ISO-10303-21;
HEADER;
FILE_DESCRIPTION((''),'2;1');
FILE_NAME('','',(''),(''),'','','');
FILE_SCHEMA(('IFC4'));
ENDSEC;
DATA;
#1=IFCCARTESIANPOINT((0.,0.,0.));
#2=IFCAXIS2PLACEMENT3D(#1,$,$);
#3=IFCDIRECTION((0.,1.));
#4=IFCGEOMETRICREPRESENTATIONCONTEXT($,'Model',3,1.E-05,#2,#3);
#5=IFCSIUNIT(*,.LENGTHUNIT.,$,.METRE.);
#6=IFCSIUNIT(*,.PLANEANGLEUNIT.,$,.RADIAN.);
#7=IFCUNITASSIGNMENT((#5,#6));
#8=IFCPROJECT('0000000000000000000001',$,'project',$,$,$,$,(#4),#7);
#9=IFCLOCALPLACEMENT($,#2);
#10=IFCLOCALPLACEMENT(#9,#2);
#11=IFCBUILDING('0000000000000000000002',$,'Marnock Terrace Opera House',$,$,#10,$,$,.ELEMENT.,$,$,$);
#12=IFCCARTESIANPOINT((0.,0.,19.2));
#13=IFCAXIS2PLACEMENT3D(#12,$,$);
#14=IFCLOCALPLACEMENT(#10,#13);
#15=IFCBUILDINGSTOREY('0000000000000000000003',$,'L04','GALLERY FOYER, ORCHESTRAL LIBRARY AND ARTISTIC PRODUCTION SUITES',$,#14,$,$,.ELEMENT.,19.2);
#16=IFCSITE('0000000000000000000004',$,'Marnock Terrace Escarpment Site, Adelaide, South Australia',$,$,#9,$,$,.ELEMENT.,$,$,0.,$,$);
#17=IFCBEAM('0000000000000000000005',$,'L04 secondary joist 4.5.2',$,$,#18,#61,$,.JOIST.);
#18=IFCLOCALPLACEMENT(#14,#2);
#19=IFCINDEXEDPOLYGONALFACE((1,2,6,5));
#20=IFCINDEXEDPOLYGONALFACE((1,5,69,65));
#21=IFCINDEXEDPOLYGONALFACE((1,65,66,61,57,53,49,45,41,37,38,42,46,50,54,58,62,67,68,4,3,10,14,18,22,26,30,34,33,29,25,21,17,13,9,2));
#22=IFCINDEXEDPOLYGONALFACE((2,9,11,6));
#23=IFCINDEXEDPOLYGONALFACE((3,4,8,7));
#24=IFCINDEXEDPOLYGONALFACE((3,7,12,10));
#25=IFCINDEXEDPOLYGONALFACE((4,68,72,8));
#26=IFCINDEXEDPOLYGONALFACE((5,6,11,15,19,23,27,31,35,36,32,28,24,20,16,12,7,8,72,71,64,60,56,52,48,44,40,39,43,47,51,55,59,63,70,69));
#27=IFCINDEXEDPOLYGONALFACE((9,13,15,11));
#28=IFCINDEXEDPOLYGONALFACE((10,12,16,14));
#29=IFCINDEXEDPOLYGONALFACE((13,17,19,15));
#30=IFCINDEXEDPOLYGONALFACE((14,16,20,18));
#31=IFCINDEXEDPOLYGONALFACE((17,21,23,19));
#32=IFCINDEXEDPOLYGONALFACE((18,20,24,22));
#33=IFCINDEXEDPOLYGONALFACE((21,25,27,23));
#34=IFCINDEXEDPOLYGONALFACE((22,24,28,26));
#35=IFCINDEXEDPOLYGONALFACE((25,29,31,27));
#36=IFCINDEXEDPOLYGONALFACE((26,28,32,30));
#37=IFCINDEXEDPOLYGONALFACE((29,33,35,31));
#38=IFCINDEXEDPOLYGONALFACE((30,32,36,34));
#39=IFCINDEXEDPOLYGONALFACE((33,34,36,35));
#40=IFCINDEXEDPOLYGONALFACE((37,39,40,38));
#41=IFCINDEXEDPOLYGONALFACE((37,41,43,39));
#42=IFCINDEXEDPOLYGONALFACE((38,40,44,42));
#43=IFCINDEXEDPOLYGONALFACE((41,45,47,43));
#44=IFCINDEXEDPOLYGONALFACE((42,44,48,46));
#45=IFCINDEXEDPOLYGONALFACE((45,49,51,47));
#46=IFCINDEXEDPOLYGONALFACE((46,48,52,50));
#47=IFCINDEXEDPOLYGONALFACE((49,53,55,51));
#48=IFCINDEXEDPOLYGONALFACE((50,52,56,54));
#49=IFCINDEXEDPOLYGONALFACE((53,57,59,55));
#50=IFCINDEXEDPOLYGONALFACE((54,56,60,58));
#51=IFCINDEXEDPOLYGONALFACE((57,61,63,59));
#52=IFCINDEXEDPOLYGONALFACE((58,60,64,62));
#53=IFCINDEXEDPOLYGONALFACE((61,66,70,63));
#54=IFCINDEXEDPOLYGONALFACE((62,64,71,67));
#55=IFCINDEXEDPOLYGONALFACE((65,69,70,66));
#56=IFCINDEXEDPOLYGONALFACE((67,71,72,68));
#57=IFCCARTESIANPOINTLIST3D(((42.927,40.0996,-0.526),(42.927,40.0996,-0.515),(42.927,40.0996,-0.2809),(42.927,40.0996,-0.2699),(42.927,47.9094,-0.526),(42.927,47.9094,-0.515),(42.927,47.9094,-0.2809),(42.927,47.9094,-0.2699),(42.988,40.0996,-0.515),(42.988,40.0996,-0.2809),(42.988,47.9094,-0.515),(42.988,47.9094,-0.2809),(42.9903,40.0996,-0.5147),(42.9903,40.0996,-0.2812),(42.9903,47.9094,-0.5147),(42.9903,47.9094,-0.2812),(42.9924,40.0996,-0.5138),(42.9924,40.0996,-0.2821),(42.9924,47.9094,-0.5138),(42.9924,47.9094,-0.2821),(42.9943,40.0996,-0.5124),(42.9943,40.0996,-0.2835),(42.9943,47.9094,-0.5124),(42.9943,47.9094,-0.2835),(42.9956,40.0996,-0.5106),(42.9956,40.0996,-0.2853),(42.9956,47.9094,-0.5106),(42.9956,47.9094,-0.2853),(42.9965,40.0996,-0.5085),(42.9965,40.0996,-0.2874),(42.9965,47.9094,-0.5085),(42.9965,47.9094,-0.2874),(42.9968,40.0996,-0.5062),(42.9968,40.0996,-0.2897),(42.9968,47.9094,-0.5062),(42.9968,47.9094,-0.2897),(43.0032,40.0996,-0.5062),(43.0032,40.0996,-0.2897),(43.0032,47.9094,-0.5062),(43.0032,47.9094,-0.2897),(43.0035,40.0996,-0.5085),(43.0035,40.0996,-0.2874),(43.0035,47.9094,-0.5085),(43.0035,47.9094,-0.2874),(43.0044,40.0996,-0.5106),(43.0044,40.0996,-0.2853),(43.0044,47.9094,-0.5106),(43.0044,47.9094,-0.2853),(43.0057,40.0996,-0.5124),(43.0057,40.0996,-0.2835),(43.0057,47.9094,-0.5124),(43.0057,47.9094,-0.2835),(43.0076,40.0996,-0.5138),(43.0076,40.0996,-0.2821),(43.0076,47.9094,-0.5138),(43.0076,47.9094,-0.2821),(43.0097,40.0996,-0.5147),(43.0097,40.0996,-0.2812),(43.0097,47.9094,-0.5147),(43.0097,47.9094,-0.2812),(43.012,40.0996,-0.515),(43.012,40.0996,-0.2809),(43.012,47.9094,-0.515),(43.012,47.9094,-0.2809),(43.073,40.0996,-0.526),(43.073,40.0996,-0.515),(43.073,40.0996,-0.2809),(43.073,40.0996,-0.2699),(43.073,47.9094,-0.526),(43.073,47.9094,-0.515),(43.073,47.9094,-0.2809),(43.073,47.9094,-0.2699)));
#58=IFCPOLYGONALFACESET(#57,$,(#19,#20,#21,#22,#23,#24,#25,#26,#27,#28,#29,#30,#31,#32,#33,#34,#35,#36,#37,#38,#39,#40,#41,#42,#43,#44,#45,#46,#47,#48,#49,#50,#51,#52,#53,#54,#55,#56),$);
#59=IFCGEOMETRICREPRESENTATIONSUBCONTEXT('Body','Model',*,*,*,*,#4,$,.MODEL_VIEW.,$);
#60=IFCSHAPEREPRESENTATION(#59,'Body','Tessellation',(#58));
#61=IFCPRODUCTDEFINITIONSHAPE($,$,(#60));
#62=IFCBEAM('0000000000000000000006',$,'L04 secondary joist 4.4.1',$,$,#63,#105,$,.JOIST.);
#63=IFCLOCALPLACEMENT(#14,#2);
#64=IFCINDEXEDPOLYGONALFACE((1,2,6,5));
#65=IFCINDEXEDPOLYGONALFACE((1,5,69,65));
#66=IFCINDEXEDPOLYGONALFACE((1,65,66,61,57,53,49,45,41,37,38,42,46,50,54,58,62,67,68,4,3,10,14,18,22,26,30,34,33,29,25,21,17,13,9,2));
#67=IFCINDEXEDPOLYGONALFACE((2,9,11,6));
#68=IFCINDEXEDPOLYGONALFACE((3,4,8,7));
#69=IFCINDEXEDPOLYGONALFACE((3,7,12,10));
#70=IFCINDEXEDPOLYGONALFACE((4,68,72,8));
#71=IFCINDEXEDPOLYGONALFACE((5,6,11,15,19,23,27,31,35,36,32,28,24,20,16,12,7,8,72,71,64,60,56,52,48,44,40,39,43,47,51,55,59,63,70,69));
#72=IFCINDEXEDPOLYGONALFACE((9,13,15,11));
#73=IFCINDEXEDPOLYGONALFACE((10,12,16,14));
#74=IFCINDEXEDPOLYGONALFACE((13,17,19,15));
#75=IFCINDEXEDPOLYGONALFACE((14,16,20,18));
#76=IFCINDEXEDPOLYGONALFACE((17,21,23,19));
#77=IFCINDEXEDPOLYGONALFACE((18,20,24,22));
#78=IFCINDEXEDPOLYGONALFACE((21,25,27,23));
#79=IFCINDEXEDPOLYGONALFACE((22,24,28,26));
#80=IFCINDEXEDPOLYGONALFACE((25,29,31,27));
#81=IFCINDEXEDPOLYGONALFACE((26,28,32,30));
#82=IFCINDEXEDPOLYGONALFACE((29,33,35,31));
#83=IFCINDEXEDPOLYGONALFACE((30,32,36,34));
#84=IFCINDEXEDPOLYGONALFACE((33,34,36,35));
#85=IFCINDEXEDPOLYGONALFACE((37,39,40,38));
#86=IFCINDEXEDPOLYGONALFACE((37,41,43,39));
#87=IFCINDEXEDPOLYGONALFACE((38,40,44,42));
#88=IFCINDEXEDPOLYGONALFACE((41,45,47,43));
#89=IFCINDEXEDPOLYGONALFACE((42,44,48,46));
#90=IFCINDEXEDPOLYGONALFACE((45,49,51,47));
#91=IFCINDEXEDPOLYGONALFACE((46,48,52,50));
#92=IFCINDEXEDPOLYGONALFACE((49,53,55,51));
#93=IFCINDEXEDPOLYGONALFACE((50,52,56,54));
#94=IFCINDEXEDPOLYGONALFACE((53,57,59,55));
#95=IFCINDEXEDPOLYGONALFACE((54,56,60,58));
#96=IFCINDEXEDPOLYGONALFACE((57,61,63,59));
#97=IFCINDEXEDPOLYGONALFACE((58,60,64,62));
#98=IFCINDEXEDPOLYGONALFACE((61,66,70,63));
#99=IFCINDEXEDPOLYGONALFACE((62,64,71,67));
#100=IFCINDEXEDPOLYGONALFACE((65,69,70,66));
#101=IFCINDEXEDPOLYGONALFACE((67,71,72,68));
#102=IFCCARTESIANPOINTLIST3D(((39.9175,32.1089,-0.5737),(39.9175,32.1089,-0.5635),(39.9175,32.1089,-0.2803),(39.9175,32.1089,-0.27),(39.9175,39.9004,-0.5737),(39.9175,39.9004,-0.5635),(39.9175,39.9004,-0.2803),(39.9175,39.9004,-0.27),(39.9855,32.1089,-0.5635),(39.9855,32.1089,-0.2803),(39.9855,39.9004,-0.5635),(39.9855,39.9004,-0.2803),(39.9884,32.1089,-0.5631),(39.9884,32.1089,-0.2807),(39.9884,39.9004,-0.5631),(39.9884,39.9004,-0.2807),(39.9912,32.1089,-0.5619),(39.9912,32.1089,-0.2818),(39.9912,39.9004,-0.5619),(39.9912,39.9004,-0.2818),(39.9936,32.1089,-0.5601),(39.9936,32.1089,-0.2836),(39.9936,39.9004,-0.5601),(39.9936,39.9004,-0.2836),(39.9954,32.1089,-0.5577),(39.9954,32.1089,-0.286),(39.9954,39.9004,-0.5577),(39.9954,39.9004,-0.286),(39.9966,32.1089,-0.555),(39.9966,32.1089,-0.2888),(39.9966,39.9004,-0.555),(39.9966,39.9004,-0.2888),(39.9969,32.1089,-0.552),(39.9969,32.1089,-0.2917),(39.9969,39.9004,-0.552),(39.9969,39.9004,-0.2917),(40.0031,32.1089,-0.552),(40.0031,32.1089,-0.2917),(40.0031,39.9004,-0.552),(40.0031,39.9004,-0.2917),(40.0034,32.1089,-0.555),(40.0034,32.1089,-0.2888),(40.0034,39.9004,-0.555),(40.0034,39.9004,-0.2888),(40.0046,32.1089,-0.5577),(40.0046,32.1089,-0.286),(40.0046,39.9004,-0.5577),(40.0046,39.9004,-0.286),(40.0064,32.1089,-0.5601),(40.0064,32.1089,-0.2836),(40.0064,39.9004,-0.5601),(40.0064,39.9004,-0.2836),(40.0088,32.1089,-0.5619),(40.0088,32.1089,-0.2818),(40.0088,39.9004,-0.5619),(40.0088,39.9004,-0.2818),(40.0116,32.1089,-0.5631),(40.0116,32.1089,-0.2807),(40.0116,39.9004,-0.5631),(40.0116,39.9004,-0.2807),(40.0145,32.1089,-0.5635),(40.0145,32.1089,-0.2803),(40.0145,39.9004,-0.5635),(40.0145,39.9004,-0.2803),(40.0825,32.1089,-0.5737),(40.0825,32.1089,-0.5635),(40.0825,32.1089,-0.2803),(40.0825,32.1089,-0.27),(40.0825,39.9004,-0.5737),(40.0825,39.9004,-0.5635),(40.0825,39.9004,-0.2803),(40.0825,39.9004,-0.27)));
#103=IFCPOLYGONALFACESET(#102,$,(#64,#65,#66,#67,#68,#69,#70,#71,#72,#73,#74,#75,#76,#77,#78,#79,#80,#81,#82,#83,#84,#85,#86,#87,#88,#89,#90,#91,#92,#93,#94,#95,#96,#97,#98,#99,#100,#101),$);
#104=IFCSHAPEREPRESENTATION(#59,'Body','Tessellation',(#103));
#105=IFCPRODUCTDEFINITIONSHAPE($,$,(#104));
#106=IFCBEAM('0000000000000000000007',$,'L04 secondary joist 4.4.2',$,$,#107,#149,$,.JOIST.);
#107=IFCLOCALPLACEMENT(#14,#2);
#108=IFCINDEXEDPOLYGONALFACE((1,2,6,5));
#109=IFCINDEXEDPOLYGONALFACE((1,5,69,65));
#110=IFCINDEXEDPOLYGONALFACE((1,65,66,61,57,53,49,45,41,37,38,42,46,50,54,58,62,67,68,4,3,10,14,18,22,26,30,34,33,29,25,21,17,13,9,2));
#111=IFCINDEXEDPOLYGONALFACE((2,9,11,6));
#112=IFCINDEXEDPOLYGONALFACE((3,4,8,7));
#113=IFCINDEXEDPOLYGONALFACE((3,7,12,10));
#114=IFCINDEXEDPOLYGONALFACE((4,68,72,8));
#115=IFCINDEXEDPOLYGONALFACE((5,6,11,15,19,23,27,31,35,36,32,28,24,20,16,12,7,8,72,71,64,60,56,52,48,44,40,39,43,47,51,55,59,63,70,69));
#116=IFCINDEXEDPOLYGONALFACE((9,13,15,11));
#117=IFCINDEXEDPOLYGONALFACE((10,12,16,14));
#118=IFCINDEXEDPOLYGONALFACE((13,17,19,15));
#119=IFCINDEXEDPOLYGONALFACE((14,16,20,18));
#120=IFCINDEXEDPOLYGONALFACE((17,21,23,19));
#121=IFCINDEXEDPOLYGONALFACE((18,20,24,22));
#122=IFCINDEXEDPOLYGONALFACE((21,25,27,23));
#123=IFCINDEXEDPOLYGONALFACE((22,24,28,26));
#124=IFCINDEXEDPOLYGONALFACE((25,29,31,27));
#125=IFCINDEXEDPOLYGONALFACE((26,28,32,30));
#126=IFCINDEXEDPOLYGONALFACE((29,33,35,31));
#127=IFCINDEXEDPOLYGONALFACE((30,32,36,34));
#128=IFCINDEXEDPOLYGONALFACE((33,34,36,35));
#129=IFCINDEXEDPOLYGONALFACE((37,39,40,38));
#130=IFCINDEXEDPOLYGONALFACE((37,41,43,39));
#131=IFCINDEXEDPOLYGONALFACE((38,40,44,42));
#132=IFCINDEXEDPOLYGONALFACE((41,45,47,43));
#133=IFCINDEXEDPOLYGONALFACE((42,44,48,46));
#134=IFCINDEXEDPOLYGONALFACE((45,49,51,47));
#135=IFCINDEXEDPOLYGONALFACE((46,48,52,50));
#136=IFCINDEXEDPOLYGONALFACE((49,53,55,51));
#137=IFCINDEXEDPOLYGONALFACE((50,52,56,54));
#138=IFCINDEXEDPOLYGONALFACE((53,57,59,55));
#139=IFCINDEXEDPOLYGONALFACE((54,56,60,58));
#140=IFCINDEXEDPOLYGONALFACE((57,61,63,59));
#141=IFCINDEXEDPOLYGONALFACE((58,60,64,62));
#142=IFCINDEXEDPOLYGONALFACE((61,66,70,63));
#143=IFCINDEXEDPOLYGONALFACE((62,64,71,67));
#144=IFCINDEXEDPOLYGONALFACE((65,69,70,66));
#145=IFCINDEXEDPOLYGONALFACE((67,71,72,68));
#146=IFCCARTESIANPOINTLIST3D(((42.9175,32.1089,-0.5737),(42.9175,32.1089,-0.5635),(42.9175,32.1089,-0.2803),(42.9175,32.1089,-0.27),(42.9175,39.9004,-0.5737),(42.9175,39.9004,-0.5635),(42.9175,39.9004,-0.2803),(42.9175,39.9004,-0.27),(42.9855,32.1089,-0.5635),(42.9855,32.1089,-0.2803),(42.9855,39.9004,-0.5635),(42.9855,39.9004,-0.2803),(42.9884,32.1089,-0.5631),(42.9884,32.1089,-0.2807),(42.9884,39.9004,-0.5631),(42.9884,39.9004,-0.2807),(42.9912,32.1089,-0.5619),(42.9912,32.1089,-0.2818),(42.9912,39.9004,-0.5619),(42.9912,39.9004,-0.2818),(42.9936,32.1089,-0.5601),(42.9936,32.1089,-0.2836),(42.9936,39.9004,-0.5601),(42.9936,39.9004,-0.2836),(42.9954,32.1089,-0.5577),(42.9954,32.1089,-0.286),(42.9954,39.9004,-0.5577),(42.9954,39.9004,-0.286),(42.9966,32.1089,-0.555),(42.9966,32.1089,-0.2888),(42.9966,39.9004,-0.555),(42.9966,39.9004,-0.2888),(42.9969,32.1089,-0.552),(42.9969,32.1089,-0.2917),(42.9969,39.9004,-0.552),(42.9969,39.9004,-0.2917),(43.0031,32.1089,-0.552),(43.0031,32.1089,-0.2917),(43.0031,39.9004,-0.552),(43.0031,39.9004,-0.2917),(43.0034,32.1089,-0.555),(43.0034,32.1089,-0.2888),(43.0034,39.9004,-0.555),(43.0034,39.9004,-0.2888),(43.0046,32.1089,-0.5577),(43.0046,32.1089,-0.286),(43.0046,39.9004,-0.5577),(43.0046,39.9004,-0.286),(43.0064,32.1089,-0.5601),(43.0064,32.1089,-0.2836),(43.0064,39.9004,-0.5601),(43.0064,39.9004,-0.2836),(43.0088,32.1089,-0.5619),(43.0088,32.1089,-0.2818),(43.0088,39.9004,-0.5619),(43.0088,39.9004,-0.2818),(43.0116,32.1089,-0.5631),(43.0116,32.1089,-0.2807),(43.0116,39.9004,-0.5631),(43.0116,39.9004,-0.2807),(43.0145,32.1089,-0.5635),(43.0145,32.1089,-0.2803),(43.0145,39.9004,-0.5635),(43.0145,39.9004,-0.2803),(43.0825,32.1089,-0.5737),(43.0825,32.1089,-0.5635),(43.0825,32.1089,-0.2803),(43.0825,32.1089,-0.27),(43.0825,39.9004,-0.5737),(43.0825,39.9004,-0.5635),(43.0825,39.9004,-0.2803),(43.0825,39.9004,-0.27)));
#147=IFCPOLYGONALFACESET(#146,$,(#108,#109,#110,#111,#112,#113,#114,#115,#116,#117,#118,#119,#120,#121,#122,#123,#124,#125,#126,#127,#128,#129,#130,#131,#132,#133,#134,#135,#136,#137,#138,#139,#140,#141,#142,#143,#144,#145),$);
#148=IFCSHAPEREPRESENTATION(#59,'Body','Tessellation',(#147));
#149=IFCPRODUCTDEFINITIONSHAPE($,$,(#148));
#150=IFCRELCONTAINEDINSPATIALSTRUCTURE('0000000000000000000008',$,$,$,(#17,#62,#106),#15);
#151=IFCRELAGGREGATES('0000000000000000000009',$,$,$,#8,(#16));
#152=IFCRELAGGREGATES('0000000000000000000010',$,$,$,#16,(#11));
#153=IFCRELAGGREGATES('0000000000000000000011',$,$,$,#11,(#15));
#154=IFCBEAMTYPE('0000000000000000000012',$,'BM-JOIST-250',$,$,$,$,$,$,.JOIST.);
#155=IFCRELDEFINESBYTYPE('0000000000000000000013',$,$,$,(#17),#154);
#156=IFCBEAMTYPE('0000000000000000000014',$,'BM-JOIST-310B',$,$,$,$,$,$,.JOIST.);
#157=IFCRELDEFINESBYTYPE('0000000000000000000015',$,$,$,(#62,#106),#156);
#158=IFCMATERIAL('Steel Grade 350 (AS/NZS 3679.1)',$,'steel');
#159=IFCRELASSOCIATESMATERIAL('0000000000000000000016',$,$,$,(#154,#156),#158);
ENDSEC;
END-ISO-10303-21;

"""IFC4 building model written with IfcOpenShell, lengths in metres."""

from ifc_helpers import new_model, si_unit, direction, frame, origin, origin_2d, place, context, subcontext, project, spatial, i_section, extrude, material, material_profile, profile_set, type_object, element, save


model = new_model("IFC4")

# Units and contexts
model_context = context("Model", 3, precision=1e-05, world=origin(), true_north=direction((0.0, 1.0)))
body_context = subcontext(model_context, "Body", "Model", "MODEL_VIEW")
ifc_project = project(units=[si_unit("LENGTHUNIT", "METRE"), si_unit("PLANEANGLEUNIT", "RADIAN")], contexts=[model_context])

# Site, building, storey
site_placement = place(None, origin())
site = spatial("IfcSite", under=ifc_project, at=site_placement, Name="Marnock Terrace Escarpment Site, Adelaide, South Australia", CompositionType="ELEMENT", RefElevation=0.0)
building_placement = place(site_placement, origin())
building = spatial("IfcBuilding", under=site, at=building_placement, Name="Marnock Terrace Opera House", CompositionType="ELEMENT")
storey_placement = place(building_placement, frame((0.0, 0.0, 19.2)))
storey = spatial("IfcBuildingStorey", under=building, at=storey_placement, Name="L04", Description="GALLERY FOYER, ORCHESTRAL LIBRARY AND ARTISTIC PRODUCTION SUITES", CompositionType="ELEMENT", Elevation=19.2)

# Beams
ifc_material_1 = material(Name="Steel Grade 350 (AS/NZS 3679.1)", Category="steel")
ifc_material_profile_1 = material_profile(ifc_material_1, i_section(OverallWidth=0.146, OverallDepth=0.2561, WebThickness=0.0063, FlangeThickness=0.011, FilletRadius=0.0088, at=origin_2d()))
ifc_profile_set_1 = profile_set([ifc_material_profile_1], Name="Steel Grade 350 (AS/NZS 3679.1)")
beam_type_1 = type_object("IfcBeamType", Name="BM-JOIST-250", PredefinedType="JOIST", material=ifc_profile_set_1)
for number, where, z_axis, x_axis, name in (
    (1, (43.0, 40.0996, -0.3979), (0.0, 1.0, 0.0), (-1.0, 0.0, 0.0), "L04 secondary joist 4.5.2"),
):
    element("IfcBeam", number, at=place(storey_placement, frame(where, z_axis=z_axis, x_axis=x_axis)), inside=storey, type_object=beam_type_1, Name=name, PredefinedType="JOIST", context=body_context, shape_type="SweptSolid", body=[
        extrude(i_section(OverallWidth=0.146, OverallDepth=0.2561, WebThickness=0.0063, FlangeThickness=0.011, FilletRadius=0.0088, at=origin_2d()), origin(), (0.0, 0.0, 1.0), 7.8098),
    ])
ifc_material_profile_2 = material_profile(ifc_material_1, i_section(OverallWidth=0.165, OverallDepth=0.3037, WebThickness=0.0061, FlangeThickness=0.0103, FilletRadius=0.0115, at=origin_2d()))
ifc_profile_set_2 = profile_set([ifc_material_profile_2], Name="Steel Grade 350 (AS/NZS 3679.1)")
beam_type_2 = type_object("IfcBeamType", Name="BM-JOIST-310B", PredefinedType="JOIST", material=ifc_profile_set_2)
for number, where, z_axis, x_axis, name in (
    (2, (40.0, 32.1089, -0.4219), (0.0, 1.0, 0.0), (-1.0, 0.0, 0.0), "L04 secondary joist 4.4.1"),
    (3, (43.0, 32.1089, -0.4219), (0.0, 1.0, 0.0), (-1.0, 0.0, 0.0), "L04 secondary joist 4.4.2"),
):
    element("IfcBeam", number, at=place(storey_placement, frame(where, z_axis=z_axis, x_axis=x_axis)), inside=storey, type_object=beam_type_2, Name=name, PredefinedType="JOIST", context=body_context, shape_type="SweptSolid", body=[
        extrude(i_section(OverallWidth=0.165, OverallDepth=0.3037, WebThickness=0.0061, FlangeThickness=0.0103, FilletRadius=0.0115, at=origin_2d()), origin(), (0.0, 0.0, 1.0), 7.7915),
    ])

save(model, "model.ifc")
